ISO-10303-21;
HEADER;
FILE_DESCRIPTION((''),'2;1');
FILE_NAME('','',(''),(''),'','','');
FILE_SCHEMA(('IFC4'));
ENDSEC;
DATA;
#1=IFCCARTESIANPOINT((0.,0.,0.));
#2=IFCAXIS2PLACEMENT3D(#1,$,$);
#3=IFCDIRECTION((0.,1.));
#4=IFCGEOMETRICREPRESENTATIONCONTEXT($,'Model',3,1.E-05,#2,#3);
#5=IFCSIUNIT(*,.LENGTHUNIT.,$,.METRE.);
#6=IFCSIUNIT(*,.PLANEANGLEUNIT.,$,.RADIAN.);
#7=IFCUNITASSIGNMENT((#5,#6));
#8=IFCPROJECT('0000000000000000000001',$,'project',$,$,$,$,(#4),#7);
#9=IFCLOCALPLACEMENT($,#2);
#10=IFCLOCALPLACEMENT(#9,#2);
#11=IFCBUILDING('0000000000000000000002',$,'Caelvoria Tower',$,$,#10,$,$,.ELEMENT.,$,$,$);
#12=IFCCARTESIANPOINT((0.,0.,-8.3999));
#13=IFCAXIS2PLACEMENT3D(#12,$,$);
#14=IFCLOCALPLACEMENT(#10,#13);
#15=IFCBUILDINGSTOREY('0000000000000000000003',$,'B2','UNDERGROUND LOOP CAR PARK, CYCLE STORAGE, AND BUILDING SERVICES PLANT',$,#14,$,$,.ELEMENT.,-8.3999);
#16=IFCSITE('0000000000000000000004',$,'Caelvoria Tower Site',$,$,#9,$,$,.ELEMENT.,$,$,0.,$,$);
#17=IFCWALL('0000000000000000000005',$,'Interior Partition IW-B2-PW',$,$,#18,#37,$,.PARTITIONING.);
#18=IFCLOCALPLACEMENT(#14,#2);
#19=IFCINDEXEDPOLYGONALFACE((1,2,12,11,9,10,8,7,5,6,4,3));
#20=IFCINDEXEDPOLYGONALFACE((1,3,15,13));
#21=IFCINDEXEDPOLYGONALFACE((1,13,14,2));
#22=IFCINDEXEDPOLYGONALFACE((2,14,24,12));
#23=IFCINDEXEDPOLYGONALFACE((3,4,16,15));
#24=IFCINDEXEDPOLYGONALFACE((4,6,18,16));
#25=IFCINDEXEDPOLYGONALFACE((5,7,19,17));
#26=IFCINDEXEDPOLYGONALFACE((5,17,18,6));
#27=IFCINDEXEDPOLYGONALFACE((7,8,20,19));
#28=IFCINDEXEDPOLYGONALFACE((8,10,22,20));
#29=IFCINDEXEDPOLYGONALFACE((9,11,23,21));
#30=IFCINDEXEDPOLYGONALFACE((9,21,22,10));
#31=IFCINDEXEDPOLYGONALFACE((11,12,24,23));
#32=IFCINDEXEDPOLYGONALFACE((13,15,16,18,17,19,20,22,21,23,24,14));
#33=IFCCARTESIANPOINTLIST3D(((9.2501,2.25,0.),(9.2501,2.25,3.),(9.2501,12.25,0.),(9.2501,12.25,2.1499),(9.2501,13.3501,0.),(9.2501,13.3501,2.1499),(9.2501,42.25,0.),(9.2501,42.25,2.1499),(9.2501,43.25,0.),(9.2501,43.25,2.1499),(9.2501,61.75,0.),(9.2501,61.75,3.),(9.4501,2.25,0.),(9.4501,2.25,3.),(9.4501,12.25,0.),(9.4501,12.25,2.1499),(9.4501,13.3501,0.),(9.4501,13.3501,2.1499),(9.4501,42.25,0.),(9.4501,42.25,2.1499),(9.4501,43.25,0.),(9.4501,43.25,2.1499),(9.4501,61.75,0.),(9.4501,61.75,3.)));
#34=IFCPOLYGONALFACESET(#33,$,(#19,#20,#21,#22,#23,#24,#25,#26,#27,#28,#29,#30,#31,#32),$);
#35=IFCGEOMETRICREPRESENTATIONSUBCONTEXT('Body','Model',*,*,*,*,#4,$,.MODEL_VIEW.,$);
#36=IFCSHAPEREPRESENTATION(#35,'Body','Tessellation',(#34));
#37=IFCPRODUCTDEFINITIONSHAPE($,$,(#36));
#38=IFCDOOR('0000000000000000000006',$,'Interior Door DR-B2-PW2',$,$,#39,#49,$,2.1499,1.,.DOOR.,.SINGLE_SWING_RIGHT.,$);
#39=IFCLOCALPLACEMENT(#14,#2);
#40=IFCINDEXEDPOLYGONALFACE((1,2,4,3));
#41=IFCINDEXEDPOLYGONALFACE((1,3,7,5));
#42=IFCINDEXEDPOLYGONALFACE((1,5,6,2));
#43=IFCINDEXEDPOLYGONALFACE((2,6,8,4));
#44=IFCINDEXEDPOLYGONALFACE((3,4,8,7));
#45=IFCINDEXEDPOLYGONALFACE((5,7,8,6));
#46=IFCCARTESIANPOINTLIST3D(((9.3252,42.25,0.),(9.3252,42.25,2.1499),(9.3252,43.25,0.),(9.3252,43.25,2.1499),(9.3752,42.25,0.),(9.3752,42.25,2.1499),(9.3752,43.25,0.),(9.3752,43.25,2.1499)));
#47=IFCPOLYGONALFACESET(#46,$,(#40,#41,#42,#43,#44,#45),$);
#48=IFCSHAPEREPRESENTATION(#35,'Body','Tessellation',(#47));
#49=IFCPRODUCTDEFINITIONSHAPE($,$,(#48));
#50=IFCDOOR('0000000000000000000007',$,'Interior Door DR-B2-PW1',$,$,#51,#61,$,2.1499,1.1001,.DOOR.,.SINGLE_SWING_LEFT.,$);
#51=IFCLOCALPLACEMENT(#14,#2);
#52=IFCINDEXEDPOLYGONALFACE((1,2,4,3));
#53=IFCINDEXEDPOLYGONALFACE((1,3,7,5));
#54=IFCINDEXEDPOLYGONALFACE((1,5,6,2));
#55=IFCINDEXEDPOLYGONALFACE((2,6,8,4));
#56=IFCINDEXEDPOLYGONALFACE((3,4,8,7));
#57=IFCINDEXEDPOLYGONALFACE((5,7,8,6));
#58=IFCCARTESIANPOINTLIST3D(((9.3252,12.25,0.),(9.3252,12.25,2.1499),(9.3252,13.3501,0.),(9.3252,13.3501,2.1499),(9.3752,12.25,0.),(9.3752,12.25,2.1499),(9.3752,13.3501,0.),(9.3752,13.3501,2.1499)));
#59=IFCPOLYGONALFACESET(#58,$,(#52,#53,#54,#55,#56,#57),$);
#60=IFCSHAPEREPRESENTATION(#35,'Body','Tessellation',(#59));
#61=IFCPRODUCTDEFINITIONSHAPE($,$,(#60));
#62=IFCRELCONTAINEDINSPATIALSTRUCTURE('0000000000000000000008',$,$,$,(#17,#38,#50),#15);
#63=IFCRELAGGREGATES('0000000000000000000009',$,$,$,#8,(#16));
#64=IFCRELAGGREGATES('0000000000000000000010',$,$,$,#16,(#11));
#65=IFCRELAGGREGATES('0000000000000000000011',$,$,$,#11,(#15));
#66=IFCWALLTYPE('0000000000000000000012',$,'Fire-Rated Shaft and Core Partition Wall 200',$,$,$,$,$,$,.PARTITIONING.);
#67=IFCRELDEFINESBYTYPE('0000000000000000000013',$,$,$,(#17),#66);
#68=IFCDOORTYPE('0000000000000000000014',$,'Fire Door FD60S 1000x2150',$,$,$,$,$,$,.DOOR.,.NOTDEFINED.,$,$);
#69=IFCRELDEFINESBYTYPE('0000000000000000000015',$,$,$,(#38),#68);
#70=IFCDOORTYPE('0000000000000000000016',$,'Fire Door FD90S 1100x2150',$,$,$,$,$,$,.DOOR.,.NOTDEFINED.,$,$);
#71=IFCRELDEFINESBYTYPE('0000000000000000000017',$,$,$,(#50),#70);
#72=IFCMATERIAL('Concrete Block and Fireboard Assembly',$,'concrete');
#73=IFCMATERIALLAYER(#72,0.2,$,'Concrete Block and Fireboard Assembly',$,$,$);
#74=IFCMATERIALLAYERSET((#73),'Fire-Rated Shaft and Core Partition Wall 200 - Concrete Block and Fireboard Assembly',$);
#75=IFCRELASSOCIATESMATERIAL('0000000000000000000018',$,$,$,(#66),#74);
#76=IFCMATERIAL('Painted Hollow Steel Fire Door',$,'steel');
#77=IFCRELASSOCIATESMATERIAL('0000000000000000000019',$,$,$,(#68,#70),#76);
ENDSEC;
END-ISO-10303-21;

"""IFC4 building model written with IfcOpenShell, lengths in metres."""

from ifc_helpers import new_model, si_unit, direction, frame, frame_2d, origin, place, context, subcontext, project, spatial, rectangle, extrude, material, layer, layer_set, type_object, element, fill, save


model = new_model("IFC4")

# Units and contexts
model_context = context("Model", 3, precision=1e-05, world=origin(), true_north=direction((0.0, 1.0)))
body_context = subcontext(model_context, "Body", "Model", "MODEL_VIEW")
ifc_project = project(units=[si_unit("LENGTHUNIT", "METRE"), si_unit("PLANEANGLEUNIT", "RADIAN")], contexts=[model_context])

# Site, building, storey
site_placement = place(None, origin())
site = spatial("IfcSite", under=ifc_project, at=site_placement, Name="Caelvoria Tower Site", CompositionType="ELEMENT", RefElevation=0.0)
building_placement = place(site_placement, origin())
building = spatial("IfcBuilding", under=site, at=building_placement, Name="Caelvoria Tower", CompositionType="ELEMENT")
storey_placement = place(building_placement, frame((0.0, 0.0, -8.3999)))
storey = spatial("IfcBuildingStorey", under=building, at=storey_placement, Name="B2", Description="UNDERGROUND LOOP CAR PARK, CYCLE STORAGE, AND BUILDING SERVICES PLANT", CompositionType="ELEMENT", Elevation=-8.3999)

# Wall, openings, doors
ifc_material_1 = material(Name="Concrete Block and Fireboard Assembly", Category="concrete")
ifc_layer_1 = layer(ifc_material_1, 0.2, Name="Concrete Block and Fireboard Assembly")
ifc_layer_set_1 = layer_set([ifc_layer_1], Name="Fire-Rated Shaft and Core Partition Wall 200 - Concrete Block and Fireboard Assembly")
wall_type_1 = type_object("IfcWallType", Name="Fire-Rated Shaft and Core Partition Wall 200", PredefinedType="PARTITIONING", material=ifc_layer_set_1)
wall_1_placement = place(storey_placement, frame((9.3501, 2.25, 0.0), z_axis=(0.0, 0.0, 1.0), x_axis=(0.0, 1.0, 0.0)))
wall_1 = element("IfcWall", 1, at=wall_1_placement, inside=storey, type_object=wall_type_1, Name="Interior Partition IW-B2-PW", PredefinedType="PARTITIONING", context=body_context, shape_type="SweptSolid", body=[
    extrude(rectangle(XDim=59.5, YDim=0.2, at=frame_2d((29.75, 0.0))), origin(), (0.0, 0.0, 1.0), 3.0),
])
opening_1_placement = place(wall_1_placement, frame((10.0, 0.0, 0.0)))
opening_1 = element("IfcOpeningElement", 2, at=opening_1_placement, cuts=wall_1, PredefinedType="OPENING", context=body_context, shape_type="SweptSolid", body=[
    extrude(rectangle(XDim=1.1001, YDim=2.1499, at=frame_2d((0.55, 1.075))), frame((0.0, 0.1099, 0.0), z_axis=(0.0, -1.0, 0.0), x_axis=(1.0, 0.0, 0.0)), (0.0, 0.0, 1.0), 0.22),
])
opening_2_placement = place(wall_1_placement, frame((40.0, 0.0, 0.0)))
opening_2 = element("IfcOpeningElement", 3, at=opening_2_placement, cuts=wall_1, PredefinedType="OPENING", context=body_context, shape_type="SweptSolid", body=[
    extrude(rectangle(XDim=1.0, YDim=2.1499, at=frame_2d((0.5, 1.075))), frame((0.0, 0.1099, 0.0), z_axis=(0.0, -1.0, 0.0), x_axis=(1.0, 0.0, 0.0)), (0.0, 0.0, 1.0), 0.22),
])
ifc_material_2 = material(Name="Painted Hollow Steel Fire Door", Category="steel")
door_type_1 = type_object("IfcDoorType", Name="Fire Door FD60S 1000x2150", OperationType="NOTDEFINED", PredefinedType="DOOR", material=ifc_material_2)
door_1_placement = place(opening_2_placement, origin())
door_1 = element("IfcDoor", 4, at=door_1_placement, inside=storey, type_object=door_type_1, Name="Interior Door DR-B2-PW2", OperationType="SINGLE_SWING_RIGHT", OverallHeight=2.1499, OverallWidth=1.0, PredefinedType="DOOR", context=body_context, shape_type="SweptSolid", body=[
    extrude(rectangle(XDim=1.0, YDim=2.1499, at=frame_2d((0.5, 1.075))), frame((0.0, 0.0249, 0.0), z_axis=(0.0, -1.0, 0.0), x_axis=(1.0, 0.0, 0.0)), (0.0, 0.0, 1.0), 0.05),
])
fill(opening_2, door_1)
door_type_2 = type_object("IfcDoorType", Name="Fire Door FD90S 1100x2150", OperationType="NOTDEFINED", PredefinedType="DOOR", material=ifc_material_2)
door_2_placement = place(opening_1_placement, origin())
door_2 = element("IfcDoor", 5, at=door_2_placement, inside=storey, type_object=door_type_2, Name="Interior Door DR-B2-PW1", OperationType="SINGLE_SWING_LEFT", OverallHeight=2.1499, OverallWidth=1.1001, PredefinedType="DOOR", context=body_context, shape_type="SweptSolid", body=[
    extrude(rectangle(XDim=1.1001, YDim=2.1499, at=frame_2d((0.55, 1.075))), frame((0.0, 0.0249, 0.0), z_axis=(0.0, -1.0, 0.0), x_axis=(1.0, 0.0, 0.0)), (0.0, 0.0, 1.0), 0.05),
])
fill(opening_1, door_2)

save(model, "model.ifc")
